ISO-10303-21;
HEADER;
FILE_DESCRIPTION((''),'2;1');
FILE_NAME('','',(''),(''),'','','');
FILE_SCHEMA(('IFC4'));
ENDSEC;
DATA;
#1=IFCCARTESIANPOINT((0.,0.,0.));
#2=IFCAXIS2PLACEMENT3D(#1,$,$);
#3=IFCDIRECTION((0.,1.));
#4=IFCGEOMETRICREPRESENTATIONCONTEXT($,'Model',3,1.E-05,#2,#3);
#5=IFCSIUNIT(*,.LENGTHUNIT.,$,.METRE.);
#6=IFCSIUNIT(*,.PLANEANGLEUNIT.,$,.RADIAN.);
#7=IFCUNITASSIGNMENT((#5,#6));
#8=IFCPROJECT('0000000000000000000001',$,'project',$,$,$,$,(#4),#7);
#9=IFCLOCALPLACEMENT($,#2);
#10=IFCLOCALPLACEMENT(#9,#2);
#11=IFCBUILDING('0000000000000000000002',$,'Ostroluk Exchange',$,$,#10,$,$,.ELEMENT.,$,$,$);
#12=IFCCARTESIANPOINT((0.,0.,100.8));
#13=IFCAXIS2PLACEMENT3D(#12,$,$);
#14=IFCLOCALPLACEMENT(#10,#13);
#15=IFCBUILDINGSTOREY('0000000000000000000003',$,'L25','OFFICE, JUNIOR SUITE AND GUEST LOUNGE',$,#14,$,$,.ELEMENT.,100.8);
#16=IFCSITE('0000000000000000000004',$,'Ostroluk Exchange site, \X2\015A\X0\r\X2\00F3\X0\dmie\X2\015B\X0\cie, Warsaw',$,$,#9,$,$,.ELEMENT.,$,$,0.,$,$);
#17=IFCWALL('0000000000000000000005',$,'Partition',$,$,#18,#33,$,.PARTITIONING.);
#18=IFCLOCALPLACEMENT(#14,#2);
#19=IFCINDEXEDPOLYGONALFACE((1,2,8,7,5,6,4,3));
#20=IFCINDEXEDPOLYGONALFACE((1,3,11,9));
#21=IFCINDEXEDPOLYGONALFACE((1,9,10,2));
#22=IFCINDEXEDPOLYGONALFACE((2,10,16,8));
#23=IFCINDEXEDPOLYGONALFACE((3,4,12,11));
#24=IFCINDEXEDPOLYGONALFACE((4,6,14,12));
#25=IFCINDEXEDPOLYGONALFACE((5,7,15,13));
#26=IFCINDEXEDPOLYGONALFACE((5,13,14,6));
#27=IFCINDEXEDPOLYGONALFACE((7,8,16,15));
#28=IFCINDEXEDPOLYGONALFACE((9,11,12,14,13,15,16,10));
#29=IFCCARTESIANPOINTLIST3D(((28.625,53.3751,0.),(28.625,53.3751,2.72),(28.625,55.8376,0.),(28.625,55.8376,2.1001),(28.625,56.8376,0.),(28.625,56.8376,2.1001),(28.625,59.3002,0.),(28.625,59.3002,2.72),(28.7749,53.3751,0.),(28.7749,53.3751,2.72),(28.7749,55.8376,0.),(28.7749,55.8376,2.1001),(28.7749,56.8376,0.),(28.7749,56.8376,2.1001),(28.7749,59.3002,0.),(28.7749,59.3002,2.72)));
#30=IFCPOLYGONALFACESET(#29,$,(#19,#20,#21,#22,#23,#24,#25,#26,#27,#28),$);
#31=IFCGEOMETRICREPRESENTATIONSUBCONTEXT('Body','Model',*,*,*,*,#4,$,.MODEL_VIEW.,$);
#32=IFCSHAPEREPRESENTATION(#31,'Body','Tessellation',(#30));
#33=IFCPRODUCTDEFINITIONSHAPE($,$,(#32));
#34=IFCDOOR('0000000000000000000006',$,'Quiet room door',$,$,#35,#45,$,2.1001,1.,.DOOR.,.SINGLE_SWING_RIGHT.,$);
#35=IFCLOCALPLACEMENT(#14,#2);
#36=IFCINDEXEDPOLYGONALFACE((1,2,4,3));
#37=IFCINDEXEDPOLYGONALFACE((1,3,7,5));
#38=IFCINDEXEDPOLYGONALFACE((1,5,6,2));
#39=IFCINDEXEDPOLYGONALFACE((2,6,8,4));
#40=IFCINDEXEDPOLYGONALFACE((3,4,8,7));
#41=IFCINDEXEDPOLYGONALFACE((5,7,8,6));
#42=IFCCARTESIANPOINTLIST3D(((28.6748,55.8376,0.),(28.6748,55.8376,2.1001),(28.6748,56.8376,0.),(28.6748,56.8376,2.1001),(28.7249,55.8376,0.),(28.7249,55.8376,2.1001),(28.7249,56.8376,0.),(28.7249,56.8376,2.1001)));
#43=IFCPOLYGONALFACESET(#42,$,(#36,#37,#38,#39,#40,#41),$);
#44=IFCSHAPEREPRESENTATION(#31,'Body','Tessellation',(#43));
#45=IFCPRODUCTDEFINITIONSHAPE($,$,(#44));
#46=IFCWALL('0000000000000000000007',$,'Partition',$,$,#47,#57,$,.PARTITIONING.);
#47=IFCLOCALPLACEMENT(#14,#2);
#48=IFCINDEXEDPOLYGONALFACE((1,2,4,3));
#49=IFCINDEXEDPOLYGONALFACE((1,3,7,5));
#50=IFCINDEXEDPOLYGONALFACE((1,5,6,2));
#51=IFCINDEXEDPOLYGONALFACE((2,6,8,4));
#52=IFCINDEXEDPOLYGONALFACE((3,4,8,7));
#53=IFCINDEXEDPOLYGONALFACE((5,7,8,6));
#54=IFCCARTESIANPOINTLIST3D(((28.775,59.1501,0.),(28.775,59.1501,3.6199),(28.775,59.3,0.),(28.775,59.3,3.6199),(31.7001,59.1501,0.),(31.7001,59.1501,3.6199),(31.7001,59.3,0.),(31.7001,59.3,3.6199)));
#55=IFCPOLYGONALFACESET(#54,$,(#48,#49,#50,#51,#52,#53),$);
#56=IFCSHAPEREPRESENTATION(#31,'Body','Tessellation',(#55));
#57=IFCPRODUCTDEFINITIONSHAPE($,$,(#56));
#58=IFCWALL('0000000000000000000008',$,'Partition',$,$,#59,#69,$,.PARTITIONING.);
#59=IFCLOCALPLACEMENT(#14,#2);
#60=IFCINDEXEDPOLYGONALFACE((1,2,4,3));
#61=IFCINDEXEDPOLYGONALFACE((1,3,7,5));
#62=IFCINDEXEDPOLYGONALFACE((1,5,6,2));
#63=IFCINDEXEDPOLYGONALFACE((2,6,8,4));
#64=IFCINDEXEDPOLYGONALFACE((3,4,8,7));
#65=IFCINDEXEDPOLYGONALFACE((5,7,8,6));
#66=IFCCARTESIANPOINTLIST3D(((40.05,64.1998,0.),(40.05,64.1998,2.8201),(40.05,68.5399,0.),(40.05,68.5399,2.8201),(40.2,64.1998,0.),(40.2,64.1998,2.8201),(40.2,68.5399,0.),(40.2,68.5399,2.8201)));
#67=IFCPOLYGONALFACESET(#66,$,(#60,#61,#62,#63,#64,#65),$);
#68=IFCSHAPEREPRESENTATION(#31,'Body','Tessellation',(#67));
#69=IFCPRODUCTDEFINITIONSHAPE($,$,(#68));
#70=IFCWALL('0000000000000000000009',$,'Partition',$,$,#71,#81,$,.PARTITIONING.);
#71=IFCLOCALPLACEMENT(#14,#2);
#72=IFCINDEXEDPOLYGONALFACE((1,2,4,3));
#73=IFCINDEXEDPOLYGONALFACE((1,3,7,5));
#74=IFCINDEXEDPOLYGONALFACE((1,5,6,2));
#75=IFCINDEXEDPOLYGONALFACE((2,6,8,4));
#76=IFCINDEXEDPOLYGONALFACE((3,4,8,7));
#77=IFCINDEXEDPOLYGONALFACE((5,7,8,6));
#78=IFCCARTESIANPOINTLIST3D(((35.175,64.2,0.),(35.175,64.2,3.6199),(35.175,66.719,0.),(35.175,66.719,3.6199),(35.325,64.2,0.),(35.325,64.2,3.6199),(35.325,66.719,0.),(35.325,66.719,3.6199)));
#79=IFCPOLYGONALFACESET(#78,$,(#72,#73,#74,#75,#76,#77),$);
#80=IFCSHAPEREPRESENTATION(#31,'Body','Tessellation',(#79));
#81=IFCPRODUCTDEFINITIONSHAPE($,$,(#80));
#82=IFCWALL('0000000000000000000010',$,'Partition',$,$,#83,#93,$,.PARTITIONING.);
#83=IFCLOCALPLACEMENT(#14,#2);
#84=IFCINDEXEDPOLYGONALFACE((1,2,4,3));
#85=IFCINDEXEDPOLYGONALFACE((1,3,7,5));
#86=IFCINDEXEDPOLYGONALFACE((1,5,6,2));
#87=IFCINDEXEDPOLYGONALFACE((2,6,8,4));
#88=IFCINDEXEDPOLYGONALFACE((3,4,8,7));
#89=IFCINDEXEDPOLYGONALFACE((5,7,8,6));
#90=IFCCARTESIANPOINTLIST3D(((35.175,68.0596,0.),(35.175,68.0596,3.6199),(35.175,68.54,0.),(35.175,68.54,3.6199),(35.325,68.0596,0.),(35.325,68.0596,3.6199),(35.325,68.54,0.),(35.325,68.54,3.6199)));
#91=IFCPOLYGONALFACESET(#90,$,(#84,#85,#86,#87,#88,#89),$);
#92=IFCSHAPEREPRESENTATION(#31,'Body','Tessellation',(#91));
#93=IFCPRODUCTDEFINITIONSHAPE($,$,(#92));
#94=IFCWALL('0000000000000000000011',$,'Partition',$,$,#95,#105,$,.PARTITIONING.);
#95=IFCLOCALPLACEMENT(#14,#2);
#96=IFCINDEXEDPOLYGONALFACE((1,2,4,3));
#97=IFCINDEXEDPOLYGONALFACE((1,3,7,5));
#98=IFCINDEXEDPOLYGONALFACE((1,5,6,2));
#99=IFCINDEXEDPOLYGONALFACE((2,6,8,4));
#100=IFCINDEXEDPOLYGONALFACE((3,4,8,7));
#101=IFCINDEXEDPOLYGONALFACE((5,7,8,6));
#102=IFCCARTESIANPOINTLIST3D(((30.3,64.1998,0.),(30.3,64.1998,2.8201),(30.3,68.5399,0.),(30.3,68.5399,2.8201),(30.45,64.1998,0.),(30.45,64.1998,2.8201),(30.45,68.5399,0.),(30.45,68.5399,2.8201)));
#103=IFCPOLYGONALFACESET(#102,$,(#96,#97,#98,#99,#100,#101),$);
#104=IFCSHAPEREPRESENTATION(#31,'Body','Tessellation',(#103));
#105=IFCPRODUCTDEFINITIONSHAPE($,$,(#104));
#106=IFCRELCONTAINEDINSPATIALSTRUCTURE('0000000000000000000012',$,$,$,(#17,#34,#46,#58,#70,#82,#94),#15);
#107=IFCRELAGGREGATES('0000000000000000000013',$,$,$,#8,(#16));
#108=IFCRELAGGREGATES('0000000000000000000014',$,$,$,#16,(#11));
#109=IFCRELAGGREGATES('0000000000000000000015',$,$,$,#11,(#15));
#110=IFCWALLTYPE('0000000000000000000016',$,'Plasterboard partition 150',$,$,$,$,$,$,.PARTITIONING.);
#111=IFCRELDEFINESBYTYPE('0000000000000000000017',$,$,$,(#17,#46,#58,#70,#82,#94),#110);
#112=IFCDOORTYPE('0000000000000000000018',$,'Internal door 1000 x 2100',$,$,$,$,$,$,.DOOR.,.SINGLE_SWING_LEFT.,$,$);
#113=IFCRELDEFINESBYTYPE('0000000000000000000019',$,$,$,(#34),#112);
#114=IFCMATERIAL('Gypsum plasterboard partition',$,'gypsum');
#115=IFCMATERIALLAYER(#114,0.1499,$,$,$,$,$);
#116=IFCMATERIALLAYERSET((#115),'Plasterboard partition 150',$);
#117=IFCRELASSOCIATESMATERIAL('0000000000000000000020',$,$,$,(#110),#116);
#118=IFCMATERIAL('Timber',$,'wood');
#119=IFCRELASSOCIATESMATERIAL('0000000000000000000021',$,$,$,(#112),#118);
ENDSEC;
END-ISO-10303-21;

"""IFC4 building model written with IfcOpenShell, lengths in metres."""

from ifc_helpers import new_model, si_unit, direction, frame, frame_2d, origin, place, context, subcontext, project, spatial, rectangle, extrude, material, layer, layer_set, type_object, element, fill, save


model = new_model("IFC4")

# Units and contexts
model_context = context("Model", 3, precision=1e-05, world=origin(), true_north=direction((0.0, 1.0)))
body_context = subcontext(model_context, "Body", "Model", "MODEL_VIEW")
ifc_project = project(units=[si_unit("LENGTHUNIT", "METRE"), si_unit("PLANEANGLEUNIT", "RADIAN")], contexts=[model_context])

# Site, building, storey
site_placement = place(None, origin())
site = spatial("IfcSite", under=ifc_project, at=site_placement, Name="Ostroluk Exchange site, Śródmieście, Warsaw", CompositionType="ELEMENT", RefElevation=0.0)
building_placement = place(site_placement, origin())
building = spatial("IfcBuilding", under=site, at=building_placement, Name="Ostroluk Exchange", CompositionType="ELEMENT")
storey_placement = place(building_placement, frame((0.0, 0.0, 100.8)))
storey = spatial("IfcBuildingStorey", under=building, at=storey_placement, Name="L25", Description="OFFICE, JUNIOR SUITE AND GUEST LOUNGE", CompositionType="ELEMENT", Elevation=100.8)

# Wall, opening, door
ifc_material_1 = material(Name="Gypsum plasterboard partition", Category="gypsum")
ifc_layer_1 = layer(ifc_material_1, 0.1499)
ifc_layer_set_1 = layer_set([ifc_layer_1], Name="Plasterboard partition 150")
wall_type = type_object("IfcWallType", Name="Plasterboard partition 150", PredefinedType="PARTITIONING", material=ifc_layer_set_1)
wall_1_placement = place(storey_placement, frame((28.7, 59.3, 0.0), z_axis=(0.0, 0.0, 1.0), x_axis=(0.0, -1.0, 0.0)))
wall_1 = element("IfcWall", 1, at=wall_1_placement, inside=storey, type_object=wall_type, Name="Partition", PredefinedType="PARTITIONING", context=body_context, shape_type="SweptSolid", body=[
    extrude(rectangle(XDim=5.925, YDim=0.1499, at=frame_2d((2.9624, 0.0))), origin(), (0.0, 0.0, 1.0), 2.72),
])
opening_placement = place(wall_1_placement, frame((2.4624, 0.0, 0.0)))
opening = element("IfcOpeningElement", 2, at=opening_placement, cuts=wall_1, PredefinedType="OPENING", context=body_context, shape_type="SweptSolid", body=[
    extrude(rectangle(XDim=1.0, YDim=2.1001, at=frame_2d((0.5, 1.05))), frame((0.0, 0.085, 0.0), z_axis=(0.0, -1.0, 0.0), x_axis=(1.0, 0.0, 0.0)), (0.0, 0.0, 1.0), 0.1699),
])
ifc_material_2 = material(Name="Timber", Category="wood")
door_type = type_object("IfcDoorType", Name="Internal door 1000 x 2100", OperationType="SINGLE_SWING_LEFT", PredefinedType="DOOR", material=ifc_material_2)
door_placement = place(opening_placement, origin())
door = element("IfcDoor", 3, at=door_placement, inside=storey, type_object=door_type, Name="Quiet room door", OperationType="SINGLE_SWING_RIGHT", OverallHeight=2.1001, OverallWidth=1.0, PredefinedType="DOOR", context=body_context, shape_type="SweptSolid", body=[
    extrude(rectangle(XDim=1.0, YDim=2.1001, at=frame_2d((0.5, 1.05))), frame((0.0, 0.0249, 0.0), z_axis=(0.0, -1.0, 0.0), x_axis=(1.0, 0.0, 0.0)), (0.0, 0.0, 1.0), 0.05),
])
fill(opening, door)

# Walls
wall_2_placement = place(storey_placement, frame((31.7, 59.2251, 0.0), z_axis=(0.0, 0.0, 1.0), x_axis=(-1.0, 0.0, 0.0)))
element("IfcWall", 4, at=wall_2_placement, inside=storey, type_object=wall_type, Name="Partition", PredefinedType="PARTITIONING", context=body_context, shape_type="SweptSolid", body=[
    extrude(rectangle(XDim=2.925, YDim=0.1499, at=frame_2d((1.4624, 0.0))), origin(), (0.0, 0.0, 1.0), 3.6199),
])
wall_3_placement = place(storey_placement, frame((40.125, 64.2, 0.0), z_axis=(0.0, 0.0, 1.0), x_axis=(0.0, 1.0, 0.0)))
element("IfcWall", 5, at=wall_3_placement, inside=storey, type_object=wall_type, Name="Partition", PredefinedType="PARTITIONING", context=body_context, shape_type="SweptSolid", body=[
    extrude(rectangle(XDim=4.3401, YDim=0.1499, at=frame_2d((2.1699, 0.0))), origin(), (0.0, 0.0, 1.0), 2.8201),
])
wall_4_placement = place(storey_placement, frame((35.25, 64.2, 0.0), z_axis=(0.0, 0.0, 1.0), x_axis=(0.0, 1.0, 0.0)))
element("IfcWall", 6, at=wall_4_placement, inside=storey, type_object=wall_type, Name="Partition", PredefinedType="PARTITIONING", context=body_context, shape_type="SweptSolid", body=[
    extrude(rectangle(XDim=2.519, YDim=0.1499, at=frame_2d((1.2595, 0.0))), origin(), (0.0, 0.0, 1.0), 3.6199),
])
wall_5_placement = place(storey_placement, frame((35.25, 68.0596, 0.0), z_axis=(0.0, 0.0, 1.0), x_axis=(0.0, 1.0, 0.0)))
element("IfcWall", 7, at=wall_5_placement, inside=storey, type_object=wall_type, Name="Partition", PredefinedType="PARTITIONING", context=body_context, shape_type="SweptSolid", body=[
    extrude(rectangle(XDim=0.4805, YDim=0.1499, at=frame_2d((0.2402, 0.0))), origin(), (0.0, 0.0, 1.0), 3.6199),
])
wall_6_placement = place(storey_placement, frame((30.375, 64.2, 0.0), z_axis=(0.0, 0.0, 1.0), x_axis=(0.0, 1.0, 0.0)))
element("IfcWall", 8, at=wall_6_placement, inside=storey, type_object=wall_type, Name="Partition", PredefinedType="PARTITIONING", context=body_context, shape_type="SweptSolid", body=[
    extrude(rectangle(XDim=4.3401, YDim=0.1499, at=frame_2d((2.1699, 0.0))), origin(), (0.0, 0.0, 1.0), 2.8201),
])

save(model, "model.ifc")
